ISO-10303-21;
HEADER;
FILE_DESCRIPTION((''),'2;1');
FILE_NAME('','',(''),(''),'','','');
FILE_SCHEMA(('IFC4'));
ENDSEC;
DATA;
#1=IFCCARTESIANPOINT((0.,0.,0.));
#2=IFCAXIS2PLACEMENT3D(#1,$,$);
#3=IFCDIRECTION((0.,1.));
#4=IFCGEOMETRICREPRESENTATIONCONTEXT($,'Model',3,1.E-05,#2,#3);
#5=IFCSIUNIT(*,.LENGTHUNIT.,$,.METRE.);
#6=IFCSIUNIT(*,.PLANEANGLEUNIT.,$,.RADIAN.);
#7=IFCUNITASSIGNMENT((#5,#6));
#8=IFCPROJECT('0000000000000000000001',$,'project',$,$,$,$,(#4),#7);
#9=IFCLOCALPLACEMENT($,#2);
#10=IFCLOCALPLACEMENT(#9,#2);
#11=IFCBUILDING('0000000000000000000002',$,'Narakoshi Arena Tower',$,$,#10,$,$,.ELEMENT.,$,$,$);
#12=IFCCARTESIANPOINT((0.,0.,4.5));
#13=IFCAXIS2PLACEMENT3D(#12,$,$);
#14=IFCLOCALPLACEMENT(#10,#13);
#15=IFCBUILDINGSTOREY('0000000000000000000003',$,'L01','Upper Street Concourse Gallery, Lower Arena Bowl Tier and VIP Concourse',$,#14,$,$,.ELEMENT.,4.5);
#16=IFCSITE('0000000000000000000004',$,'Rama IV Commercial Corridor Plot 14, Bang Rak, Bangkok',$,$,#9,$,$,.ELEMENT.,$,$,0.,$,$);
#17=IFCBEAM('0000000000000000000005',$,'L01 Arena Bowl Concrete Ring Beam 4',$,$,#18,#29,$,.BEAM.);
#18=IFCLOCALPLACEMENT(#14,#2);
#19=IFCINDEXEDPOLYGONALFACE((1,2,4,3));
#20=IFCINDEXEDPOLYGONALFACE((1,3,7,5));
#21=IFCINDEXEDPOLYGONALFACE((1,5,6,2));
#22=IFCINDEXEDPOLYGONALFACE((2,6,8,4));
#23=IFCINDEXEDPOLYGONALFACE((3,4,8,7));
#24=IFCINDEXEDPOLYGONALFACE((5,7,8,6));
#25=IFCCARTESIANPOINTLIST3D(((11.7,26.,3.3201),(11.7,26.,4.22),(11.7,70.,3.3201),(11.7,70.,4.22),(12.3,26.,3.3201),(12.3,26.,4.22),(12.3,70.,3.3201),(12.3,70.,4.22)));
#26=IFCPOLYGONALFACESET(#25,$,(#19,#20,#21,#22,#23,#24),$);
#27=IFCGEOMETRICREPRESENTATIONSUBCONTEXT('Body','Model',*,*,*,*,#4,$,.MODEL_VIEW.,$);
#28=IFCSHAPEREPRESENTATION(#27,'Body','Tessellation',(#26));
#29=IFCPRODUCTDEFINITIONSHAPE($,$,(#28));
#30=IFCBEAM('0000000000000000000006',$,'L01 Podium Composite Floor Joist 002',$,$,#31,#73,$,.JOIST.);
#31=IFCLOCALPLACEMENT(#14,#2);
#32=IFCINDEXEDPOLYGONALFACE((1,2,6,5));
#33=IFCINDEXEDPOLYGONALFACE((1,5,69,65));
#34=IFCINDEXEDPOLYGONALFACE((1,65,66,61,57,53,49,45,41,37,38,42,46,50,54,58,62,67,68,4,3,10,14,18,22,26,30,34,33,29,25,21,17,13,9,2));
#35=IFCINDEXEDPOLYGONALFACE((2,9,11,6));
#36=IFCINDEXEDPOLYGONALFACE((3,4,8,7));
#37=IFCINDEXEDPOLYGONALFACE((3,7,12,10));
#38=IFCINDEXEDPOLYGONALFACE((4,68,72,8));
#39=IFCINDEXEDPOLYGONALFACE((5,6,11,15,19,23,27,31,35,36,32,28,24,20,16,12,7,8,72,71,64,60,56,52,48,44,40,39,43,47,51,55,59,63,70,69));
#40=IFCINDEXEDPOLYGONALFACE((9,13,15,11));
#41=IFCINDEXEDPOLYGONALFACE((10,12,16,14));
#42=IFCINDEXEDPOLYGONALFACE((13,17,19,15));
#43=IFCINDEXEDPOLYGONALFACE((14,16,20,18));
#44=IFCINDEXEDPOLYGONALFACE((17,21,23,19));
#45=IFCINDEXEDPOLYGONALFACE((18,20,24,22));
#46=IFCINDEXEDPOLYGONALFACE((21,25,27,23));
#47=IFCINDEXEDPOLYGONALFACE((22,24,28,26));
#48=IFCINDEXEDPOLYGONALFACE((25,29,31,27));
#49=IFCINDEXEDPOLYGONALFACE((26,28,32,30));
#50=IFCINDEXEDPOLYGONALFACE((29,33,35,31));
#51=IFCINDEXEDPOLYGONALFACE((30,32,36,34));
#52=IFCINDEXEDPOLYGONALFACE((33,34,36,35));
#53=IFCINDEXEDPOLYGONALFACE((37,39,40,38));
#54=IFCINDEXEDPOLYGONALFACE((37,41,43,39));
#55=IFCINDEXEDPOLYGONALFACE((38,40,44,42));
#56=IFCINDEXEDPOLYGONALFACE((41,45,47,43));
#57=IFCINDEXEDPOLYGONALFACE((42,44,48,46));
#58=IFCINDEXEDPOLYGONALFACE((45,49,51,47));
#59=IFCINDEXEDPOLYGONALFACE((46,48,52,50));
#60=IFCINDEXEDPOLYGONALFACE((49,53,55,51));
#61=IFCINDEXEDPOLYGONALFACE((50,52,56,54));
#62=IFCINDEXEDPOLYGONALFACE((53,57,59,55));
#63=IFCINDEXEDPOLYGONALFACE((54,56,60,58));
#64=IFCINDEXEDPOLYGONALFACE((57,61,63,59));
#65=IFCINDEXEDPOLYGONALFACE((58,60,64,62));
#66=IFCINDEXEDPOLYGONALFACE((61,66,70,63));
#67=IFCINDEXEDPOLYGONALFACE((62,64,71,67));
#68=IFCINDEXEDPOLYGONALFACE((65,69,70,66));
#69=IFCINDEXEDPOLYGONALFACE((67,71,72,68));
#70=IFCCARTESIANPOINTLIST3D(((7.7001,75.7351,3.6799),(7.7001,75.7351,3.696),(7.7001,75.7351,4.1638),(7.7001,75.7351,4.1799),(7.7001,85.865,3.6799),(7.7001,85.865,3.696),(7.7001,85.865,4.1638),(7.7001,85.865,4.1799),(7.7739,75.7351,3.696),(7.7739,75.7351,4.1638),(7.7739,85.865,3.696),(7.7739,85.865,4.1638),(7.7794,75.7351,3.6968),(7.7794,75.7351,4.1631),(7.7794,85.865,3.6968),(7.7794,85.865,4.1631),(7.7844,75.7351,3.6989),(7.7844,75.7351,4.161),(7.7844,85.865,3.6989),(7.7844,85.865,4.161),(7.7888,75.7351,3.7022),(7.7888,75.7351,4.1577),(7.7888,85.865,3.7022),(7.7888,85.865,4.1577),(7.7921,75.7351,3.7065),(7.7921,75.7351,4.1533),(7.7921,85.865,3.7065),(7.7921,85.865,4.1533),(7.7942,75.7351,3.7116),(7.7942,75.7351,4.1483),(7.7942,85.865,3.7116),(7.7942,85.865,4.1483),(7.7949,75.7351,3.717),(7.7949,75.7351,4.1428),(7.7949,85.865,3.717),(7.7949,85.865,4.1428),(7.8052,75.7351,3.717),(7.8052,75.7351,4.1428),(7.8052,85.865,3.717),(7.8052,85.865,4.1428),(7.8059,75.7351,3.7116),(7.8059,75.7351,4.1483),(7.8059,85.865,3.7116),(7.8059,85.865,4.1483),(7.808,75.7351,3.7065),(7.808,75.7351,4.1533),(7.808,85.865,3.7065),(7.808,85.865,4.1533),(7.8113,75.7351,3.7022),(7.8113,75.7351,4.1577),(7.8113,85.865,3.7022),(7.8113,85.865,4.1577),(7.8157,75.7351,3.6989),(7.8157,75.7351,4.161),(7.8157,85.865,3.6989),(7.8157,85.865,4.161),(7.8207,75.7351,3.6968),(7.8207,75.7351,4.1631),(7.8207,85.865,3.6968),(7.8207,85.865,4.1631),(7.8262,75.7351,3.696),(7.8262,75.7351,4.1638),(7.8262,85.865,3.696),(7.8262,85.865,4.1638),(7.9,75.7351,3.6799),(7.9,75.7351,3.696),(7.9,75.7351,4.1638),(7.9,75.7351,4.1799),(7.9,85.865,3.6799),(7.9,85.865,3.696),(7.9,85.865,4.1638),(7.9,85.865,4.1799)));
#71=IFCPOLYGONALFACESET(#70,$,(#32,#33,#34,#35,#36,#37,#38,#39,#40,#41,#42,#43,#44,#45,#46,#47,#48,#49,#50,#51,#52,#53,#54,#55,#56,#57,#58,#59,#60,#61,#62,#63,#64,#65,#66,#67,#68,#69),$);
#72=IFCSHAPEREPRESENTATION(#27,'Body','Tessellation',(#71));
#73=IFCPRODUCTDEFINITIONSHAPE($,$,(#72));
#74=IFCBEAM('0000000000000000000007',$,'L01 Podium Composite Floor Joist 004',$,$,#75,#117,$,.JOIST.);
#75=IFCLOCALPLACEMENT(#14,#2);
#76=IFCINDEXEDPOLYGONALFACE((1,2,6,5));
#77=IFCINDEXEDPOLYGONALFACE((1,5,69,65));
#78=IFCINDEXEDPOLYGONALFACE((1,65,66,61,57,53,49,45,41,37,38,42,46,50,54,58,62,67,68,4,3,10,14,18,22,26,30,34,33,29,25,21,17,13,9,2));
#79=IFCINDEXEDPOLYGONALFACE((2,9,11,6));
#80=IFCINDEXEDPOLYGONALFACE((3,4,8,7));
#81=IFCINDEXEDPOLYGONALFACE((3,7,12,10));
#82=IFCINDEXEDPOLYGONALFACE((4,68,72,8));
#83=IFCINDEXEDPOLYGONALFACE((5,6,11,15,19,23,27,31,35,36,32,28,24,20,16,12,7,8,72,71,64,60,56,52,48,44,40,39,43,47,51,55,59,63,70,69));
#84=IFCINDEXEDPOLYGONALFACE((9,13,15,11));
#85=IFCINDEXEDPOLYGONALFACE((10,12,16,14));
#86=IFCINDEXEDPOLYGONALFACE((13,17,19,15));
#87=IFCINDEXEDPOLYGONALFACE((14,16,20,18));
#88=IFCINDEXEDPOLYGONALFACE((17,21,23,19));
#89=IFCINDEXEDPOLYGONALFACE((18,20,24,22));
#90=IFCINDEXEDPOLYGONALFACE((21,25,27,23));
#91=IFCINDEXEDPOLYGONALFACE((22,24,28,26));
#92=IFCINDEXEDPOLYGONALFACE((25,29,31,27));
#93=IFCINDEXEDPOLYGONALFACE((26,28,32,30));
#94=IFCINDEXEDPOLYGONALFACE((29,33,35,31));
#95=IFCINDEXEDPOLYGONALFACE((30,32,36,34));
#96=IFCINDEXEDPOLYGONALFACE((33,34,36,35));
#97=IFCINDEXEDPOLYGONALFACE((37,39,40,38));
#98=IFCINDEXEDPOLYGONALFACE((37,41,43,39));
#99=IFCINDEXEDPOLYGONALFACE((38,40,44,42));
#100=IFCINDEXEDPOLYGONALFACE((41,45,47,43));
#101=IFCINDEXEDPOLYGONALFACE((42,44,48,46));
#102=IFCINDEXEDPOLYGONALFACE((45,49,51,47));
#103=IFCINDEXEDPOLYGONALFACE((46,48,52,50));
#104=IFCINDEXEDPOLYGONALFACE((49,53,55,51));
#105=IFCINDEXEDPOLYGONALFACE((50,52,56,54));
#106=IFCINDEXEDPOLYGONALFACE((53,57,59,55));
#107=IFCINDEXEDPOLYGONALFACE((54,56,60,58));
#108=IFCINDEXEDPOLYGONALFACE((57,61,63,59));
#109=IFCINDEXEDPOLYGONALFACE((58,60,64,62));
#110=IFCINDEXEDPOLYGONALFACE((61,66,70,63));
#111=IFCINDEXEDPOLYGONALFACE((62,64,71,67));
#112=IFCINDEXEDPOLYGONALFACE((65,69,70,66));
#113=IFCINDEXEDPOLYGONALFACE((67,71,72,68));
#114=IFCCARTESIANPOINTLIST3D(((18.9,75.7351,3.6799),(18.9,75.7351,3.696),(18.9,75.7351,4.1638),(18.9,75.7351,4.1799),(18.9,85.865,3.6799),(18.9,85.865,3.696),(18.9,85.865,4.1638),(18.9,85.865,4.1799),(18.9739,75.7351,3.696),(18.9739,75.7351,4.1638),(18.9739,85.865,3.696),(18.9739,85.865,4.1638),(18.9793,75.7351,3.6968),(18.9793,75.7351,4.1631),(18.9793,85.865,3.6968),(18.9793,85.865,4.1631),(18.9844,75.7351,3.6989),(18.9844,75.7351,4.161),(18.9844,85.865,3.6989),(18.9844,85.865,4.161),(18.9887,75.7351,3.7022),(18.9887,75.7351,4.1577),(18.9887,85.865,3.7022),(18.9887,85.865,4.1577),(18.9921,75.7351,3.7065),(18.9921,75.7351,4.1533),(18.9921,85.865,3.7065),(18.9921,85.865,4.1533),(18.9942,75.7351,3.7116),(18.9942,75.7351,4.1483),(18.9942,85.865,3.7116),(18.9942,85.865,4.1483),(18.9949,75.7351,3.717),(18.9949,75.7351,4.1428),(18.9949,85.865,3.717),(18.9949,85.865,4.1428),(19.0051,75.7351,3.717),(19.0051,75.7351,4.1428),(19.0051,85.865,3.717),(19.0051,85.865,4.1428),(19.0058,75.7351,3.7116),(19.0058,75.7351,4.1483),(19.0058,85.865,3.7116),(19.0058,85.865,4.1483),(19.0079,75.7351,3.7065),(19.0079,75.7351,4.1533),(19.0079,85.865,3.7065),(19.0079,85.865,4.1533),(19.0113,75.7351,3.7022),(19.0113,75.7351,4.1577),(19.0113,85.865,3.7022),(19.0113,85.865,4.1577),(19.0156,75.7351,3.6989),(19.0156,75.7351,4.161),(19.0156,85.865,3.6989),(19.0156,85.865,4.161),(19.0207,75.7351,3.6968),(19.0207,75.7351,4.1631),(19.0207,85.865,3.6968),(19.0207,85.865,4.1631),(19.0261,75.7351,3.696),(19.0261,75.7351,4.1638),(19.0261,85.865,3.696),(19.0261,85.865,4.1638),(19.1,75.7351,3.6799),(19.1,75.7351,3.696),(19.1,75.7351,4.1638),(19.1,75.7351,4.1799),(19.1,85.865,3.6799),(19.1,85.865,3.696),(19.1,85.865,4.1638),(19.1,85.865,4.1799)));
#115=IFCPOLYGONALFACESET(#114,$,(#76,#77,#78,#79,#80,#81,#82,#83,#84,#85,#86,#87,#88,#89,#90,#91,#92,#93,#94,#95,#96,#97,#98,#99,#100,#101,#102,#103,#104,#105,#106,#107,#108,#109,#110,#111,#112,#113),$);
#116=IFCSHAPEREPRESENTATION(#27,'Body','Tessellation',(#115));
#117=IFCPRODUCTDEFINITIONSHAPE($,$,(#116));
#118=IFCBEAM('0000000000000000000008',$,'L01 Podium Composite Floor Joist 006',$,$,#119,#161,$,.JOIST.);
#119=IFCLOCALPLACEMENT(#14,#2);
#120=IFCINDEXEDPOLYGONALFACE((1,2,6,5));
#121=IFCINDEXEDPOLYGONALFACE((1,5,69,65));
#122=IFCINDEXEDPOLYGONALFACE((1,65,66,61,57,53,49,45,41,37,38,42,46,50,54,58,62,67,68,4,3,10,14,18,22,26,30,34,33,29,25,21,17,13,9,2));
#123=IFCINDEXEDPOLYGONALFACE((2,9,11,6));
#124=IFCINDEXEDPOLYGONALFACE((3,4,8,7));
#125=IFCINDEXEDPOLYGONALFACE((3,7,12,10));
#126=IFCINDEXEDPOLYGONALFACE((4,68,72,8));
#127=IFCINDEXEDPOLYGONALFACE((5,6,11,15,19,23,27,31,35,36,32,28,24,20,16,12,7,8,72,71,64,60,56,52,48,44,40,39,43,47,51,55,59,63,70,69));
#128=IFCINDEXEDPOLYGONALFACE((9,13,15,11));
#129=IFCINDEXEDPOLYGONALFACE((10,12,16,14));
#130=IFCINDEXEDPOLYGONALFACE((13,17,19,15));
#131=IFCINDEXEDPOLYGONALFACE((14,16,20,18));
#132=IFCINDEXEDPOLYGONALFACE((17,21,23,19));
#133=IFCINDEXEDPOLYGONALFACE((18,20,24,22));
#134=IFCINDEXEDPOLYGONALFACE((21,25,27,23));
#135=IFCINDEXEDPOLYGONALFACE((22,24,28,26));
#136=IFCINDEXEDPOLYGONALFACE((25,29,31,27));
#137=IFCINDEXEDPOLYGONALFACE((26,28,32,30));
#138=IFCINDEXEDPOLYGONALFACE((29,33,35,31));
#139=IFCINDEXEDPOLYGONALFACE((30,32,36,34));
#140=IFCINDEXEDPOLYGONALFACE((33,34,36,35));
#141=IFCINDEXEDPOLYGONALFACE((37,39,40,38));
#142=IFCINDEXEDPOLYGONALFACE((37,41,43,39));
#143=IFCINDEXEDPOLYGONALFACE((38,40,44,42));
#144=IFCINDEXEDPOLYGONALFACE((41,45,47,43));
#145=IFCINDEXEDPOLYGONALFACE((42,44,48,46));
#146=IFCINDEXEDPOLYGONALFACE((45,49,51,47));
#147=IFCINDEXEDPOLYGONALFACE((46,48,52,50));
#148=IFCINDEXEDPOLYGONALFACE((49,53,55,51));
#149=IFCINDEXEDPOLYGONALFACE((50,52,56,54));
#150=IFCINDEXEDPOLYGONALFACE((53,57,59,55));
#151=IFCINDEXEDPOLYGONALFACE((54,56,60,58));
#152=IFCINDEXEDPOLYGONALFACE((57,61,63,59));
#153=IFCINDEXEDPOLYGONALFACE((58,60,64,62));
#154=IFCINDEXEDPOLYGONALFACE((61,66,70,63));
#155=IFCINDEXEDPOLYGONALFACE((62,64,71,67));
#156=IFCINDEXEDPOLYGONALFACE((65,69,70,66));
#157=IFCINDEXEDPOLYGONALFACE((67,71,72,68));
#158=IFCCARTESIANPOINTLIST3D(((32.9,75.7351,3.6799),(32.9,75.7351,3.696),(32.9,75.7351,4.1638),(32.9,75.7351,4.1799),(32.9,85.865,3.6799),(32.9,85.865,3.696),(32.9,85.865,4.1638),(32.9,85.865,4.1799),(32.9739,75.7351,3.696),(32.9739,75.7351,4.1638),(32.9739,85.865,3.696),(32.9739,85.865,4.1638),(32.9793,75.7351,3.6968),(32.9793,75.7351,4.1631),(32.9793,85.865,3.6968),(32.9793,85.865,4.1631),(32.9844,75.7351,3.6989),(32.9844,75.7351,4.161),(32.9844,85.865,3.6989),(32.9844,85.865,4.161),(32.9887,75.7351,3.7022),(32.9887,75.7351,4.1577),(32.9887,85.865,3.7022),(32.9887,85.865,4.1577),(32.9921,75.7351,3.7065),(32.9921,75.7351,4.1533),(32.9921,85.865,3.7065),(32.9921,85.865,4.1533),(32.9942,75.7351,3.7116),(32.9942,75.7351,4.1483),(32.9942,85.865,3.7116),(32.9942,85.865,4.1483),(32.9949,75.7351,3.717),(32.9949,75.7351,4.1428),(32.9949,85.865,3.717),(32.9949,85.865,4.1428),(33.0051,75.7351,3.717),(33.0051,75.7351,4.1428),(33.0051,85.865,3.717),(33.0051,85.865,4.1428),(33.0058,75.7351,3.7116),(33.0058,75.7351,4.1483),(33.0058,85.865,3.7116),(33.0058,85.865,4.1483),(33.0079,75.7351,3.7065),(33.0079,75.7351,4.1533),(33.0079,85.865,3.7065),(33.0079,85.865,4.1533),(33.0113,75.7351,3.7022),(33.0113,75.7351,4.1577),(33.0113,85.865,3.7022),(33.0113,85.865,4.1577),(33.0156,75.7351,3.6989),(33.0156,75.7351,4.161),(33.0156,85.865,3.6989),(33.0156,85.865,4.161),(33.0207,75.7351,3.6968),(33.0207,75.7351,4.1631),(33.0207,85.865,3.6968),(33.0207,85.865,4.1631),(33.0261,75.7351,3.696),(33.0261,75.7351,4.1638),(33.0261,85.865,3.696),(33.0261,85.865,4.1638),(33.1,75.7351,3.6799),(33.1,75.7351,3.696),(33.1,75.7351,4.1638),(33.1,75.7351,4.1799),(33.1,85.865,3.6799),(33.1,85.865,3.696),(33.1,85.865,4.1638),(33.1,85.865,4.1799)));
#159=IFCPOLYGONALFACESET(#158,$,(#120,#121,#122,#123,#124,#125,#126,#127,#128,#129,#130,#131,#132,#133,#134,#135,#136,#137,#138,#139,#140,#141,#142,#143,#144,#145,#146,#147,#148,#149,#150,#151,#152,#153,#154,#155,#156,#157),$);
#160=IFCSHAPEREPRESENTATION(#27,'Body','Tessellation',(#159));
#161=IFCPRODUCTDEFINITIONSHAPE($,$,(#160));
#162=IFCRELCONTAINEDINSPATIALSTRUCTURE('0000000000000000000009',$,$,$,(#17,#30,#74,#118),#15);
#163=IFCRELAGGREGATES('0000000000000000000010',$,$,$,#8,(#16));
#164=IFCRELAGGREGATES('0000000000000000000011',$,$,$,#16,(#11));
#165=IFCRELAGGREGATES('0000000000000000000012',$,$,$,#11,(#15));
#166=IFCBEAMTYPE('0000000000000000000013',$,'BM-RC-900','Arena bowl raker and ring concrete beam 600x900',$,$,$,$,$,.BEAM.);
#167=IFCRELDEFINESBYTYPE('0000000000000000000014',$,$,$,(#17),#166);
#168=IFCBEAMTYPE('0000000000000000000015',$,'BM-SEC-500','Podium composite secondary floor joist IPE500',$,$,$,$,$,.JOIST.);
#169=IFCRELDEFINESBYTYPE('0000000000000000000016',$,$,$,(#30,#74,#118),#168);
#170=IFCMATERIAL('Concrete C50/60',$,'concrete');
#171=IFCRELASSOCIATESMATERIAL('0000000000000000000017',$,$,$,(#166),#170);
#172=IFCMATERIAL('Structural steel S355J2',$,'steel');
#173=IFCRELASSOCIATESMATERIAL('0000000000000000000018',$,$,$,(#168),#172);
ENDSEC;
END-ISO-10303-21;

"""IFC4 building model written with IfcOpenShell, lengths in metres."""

from ifc_helpers import new_model, si_unit, direction, frame, origin, origin_2d, place, context, subcontext, project, spatial, rectangle, i_section, extrude, material, material_profile, profile_set, type_object, element, save


model = new_model("IFC4")

# Units and contexts
model_context = context("Model", 3, precision=1e-05, world=origin(), true_north=direction((0.0, 1.0)))
body_context = subcontext(model_context, "Body", "Model", "MODEL_VIEW")
ifc_project = project(units=[si_unit("LENGTHUNIT", "METRE"), si_unit("PLANEANGLEUNIT", "RADIAN")], contexts=[model_context])

# Site, building, storey
site_placement = place(None, origin())
site = spatial("IfcSite", under=ifc_project, at=site_placement, Name="Rama IV Commercial Corridor Plot 14, Bang Rak, Bangkok", CompositionType="ELEMENT", RefElevation=0.0)
building_placement = place(site_placement, origin())
building = spatial("IfcBuilding", under=site, at=building_placement, Name="Narakoshi Arena Tower", CompositionType="ELEMENT")
storey_placement = place(building_placement, frame((0.0, 0.0, 4.5)))
storey = spatial("IfcBuildingStorey", under=building, at=storey_placement, Name="L01", Description="Upper Street Concourse Gallery, Lower Arena Bowl Tier and VIP Concourse", CompositionType="ELEMENT", Elevation=4.5)

# Shared definitions
ifc_material_1 = material(Name="Concrete C50/60", Category="concrete")

# Beams
ifc_material_2 = material(Name="Structural steel S355J2", Category="steel")
ifc_material_profile_1 = material_profile(ifc_material_1, rectangle(XDim=0.6001, YDim=0.8999, at=origin_2d()), Name="RCB600x900")
ifc_profile_set_1 = profile_set([ifc_material_profile_1], Name="Concrete C50/60")
beam_type_1 = type_object("IfcBeamType", Name="BM-RC-900", Description="Arena bowl raker and ring concrete beam 600x900", PredefinedType="BEAM", material=ifc_profile_set_1)
beam_1_placement = place(storey_placement, frame((12.0, 70.0, 3.77), z_axis=(0.0, -1.0, 0.0), x_axis=(1.0, 0.0, 0.0)))
element("IfcBeam", 1, at=beam_1_placement, inside=storey, type_object=beam_type_1, Name="L01 Arena Bowl Concrete Ring Beam 4", PredefinedType="BEAM", context=body_context, shape_type="SweptSolid", body=[
    extrude(rectangle(XDim=0.6001, YDim=0.8999, at=origin_2d()), origin(), (0.0, 0.0, 1.0), 44.0),
])
ifc_material_profile_2 = material_profile(ifc_material_2, i_section(OverallWidth=0.2, OverallDepth=0.5, WebThickness=0.0103, FlangeThickness=0.0161, FilletRadius=0.021, at=origin_2d()), Name="IPE500")
ifc_profile_set_2 = profile_set([ifc_material_profile_2], Name="Structural steel S355J2")
beam_type_2 = type_object("IfcBeamType", Name="BM-SEC-500", Description="Podium composite secondary floor joist IPE500", PredefinedType="JOIST", material=ifc_profile_set_2)
for number, where, z_axis, x_axis, name in (
    (2, (7.8, 75.7351, 3.9299), (0.0, 1.0, 0.0), (-1.0, 0.0, 0.0), "L01 Podium Composite Floor Joist 002"),
    (3, (19.0, 75.7351, 3.9299), (0.0, 1.0, 0.0), (-1.0, 0.0, 0.0), "L01 Podium Composite Floor Joist 004"),
    (4, (33.0, 75.7351, 3.9299), (0.0, 1.0, 0.0), (-1.0, 0.0, 0.0), "L01 Podium Composite Floor Joist 006"),
):
    element("IfcBeam", number, at=place(storey_placement, frame(where, z_axis=z_axis, x_axis=x_axis)), inside=storey, type_object=beam_type_2, Name=name, PredefinedType="JOIST", context=body_context, shape_type="SweptSolid", body=[
        extrude(i_section(OverallWidth=0.2, OverallDepth=0.5, WebThickness=0.0103, FlangeThickness=0.0161, FilletRadius=0.021, at=origin_2d()), origin(), (0.0, 0.0, 1.0), 10.1299),
    ])

save(model, "model.ifc")
